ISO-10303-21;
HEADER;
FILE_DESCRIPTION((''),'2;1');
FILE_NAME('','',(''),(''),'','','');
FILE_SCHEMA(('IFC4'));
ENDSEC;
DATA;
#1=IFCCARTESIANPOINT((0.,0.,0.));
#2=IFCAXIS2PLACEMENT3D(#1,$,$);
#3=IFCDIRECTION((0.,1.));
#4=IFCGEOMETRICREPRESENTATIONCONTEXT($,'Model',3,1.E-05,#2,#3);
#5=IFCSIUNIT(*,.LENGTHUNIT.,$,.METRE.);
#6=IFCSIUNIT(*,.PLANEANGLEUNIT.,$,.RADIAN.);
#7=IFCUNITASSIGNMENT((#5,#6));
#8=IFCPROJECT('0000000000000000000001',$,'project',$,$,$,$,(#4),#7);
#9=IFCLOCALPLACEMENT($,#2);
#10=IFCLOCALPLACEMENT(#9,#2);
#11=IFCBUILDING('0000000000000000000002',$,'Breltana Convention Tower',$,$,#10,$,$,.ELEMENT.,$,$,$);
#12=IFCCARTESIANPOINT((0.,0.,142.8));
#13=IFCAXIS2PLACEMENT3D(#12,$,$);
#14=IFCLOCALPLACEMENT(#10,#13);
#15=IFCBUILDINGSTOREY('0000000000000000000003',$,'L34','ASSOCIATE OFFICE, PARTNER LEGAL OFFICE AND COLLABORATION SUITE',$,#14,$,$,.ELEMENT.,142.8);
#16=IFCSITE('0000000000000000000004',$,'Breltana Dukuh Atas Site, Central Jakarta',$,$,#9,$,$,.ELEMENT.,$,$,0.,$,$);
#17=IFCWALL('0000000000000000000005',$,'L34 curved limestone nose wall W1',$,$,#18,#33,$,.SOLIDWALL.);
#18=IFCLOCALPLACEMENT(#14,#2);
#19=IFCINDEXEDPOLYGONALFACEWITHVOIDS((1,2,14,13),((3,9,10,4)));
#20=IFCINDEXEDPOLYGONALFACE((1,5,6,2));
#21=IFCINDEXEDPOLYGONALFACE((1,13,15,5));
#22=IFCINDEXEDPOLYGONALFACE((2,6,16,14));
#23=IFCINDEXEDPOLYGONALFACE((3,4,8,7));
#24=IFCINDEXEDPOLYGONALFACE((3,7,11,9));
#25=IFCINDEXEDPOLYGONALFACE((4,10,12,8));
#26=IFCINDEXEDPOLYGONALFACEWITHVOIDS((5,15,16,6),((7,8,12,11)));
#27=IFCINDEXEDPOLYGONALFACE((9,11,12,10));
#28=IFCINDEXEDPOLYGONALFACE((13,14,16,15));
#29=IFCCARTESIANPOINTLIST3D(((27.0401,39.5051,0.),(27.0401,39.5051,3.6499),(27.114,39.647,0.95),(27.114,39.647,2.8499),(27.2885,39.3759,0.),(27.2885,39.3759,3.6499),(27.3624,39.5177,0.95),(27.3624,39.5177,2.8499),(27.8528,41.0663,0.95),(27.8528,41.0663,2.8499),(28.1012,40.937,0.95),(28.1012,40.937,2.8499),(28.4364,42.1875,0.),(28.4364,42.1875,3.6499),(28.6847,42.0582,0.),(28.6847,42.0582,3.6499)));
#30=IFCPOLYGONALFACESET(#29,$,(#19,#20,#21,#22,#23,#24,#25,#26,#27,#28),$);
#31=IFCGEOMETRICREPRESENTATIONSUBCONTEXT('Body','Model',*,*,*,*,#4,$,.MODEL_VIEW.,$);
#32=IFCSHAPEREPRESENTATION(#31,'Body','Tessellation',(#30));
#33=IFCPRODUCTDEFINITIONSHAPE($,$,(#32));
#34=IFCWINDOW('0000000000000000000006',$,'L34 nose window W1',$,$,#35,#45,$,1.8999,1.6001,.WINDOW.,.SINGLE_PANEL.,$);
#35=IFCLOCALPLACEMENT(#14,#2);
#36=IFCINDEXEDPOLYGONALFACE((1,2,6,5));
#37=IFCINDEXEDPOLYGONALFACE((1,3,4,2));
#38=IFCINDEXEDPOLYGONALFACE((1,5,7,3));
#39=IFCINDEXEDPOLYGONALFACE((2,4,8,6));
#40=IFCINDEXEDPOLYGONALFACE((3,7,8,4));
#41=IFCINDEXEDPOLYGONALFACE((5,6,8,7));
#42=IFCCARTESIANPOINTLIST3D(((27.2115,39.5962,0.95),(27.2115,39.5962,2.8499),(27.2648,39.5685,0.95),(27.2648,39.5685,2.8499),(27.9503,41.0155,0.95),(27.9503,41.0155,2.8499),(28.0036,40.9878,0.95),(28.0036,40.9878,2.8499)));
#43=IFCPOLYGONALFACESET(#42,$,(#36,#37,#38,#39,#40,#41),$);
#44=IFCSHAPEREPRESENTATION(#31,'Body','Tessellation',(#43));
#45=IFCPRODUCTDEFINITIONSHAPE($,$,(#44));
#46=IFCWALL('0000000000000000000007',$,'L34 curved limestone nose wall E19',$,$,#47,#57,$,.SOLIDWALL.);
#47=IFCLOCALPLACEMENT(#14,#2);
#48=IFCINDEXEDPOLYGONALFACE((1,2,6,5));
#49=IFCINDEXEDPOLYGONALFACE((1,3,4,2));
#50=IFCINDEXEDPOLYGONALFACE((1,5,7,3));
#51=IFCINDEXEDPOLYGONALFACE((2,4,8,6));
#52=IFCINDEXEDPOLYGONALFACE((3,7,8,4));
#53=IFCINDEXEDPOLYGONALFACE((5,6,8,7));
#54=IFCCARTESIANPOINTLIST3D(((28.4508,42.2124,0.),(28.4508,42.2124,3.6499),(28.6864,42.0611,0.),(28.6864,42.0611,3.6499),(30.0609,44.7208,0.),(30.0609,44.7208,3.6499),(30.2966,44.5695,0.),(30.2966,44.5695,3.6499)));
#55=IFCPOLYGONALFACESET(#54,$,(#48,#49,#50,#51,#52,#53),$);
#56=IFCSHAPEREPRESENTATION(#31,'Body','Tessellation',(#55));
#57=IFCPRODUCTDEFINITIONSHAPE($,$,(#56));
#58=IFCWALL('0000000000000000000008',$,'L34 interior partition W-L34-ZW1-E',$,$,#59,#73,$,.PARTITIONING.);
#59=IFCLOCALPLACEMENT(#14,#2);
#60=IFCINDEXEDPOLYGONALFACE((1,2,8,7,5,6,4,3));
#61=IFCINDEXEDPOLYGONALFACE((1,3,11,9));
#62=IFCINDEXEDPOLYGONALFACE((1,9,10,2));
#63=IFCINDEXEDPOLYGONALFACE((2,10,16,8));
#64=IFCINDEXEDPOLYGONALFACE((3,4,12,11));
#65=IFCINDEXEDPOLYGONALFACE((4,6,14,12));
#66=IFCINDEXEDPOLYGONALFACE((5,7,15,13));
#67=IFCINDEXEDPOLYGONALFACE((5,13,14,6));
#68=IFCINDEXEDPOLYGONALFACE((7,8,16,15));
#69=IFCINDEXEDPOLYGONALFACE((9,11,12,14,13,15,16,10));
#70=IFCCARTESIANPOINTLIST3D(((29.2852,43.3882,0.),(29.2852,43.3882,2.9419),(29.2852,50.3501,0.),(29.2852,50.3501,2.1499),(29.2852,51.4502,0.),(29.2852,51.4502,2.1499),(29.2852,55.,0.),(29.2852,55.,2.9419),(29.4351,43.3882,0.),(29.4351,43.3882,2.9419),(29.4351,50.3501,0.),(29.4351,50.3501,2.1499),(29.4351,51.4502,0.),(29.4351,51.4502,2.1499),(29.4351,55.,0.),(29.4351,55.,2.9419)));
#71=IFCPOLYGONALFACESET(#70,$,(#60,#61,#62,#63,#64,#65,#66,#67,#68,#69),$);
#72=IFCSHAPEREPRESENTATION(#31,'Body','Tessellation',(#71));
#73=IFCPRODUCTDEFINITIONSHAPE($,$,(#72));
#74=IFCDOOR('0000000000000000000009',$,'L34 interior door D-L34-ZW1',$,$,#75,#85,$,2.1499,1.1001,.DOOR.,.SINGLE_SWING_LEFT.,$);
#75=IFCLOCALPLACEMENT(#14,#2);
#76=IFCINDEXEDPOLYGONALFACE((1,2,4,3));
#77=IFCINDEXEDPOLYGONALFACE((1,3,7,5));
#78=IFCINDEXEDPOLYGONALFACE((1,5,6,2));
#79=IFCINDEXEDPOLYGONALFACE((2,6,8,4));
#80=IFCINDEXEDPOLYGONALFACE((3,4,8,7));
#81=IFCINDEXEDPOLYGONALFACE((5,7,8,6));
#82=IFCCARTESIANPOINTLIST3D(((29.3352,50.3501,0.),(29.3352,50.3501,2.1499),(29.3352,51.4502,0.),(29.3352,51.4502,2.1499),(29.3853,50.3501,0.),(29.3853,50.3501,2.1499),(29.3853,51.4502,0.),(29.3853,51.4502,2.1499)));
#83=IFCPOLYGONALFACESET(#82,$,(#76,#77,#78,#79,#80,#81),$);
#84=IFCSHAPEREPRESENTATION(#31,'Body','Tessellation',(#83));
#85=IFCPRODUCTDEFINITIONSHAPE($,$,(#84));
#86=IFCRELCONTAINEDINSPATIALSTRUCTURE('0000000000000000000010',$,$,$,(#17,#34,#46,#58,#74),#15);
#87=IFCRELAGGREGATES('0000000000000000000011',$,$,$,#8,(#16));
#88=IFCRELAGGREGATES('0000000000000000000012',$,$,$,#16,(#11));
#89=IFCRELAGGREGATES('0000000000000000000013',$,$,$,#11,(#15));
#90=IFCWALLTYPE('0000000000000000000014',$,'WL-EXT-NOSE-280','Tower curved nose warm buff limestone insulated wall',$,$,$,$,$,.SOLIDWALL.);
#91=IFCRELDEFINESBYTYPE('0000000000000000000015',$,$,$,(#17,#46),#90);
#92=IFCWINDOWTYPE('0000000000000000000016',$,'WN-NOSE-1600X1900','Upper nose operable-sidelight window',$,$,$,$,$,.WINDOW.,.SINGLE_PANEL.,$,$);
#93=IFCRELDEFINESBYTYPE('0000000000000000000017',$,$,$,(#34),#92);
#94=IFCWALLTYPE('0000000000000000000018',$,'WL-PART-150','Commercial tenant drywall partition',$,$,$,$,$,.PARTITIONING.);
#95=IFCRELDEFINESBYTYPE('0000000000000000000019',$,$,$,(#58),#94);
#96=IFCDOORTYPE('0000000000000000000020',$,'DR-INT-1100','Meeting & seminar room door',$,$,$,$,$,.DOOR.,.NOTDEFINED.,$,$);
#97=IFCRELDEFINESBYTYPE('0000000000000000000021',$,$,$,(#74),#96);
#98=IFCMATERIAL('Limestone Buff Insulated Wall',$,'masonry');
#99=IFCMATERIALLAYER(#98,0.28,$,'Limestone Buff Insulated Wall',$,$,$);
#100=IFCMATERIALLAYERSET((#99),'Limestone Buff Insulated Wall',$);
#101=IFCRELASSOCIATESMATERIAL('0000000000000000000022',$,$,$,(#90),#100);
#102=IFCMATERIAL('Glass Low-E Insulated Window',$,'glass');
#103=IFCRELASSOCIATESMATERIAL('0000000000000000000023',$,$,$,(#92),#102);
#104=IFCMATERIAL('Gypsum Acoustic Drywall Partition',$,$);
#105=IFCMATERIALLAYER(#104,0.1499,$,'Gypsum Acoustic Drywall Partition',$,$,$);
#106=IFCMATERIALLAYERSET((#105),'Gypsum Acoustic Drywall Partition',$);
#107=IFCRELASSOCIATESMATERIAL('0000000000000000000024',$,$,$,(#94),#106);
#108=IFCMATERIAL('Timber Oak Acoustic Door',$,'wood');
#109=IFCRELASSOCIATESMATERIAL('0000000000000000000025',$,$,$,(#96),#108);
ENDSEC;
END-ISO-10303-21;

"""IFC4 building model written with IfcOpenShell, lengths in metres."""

from ifc_helpers import new_model, si_unit, direction, frame, frame_2d, origin, place, context, subcontext, project, spatial, rectangle, extrude, source, transform, mapped, material, layer, layer_set, type_object, type_shapes, element, fill, save


model = new_model("IFC4")

# Units and contexts
model_context = context("Model", 3, precision=1e-05, world=origin(), true_north=direction((0.0, 1.0)))
body_context = subcontext(model_context, "Body", "Model", "MODEL_VIEW")
ifc_project = project(units=[si_unit("LENGTHUNIT", "METRE"), si_unit("PLANEANGLEUNIT", "RADIAN")], contexts=[model_context])

# Site, building, storey
site_placement = place(None, origin())
site = spatial("IfcSite", under=ifc_project, at=site_placement, Name="Breltana Dukuh Atas Site, Central Jakarta", CompositionType="ELEMENT", RefElevation=0.0)
building_placement = place(site_placement, origin())
building = spatial("IfcBuilding", under=site, at=building_placement, Name="Breltana Convention Tower", CompositionType="ELEMENT")
storey_placement = place(building_placement, frame((0.0, 0.0, 142.8)))
storey = spatial("IfcBuildingStorey", under=building, at=storey_placement, Name="L34", Description="ASSOCIATE OFFICE, PARTNER LEGAL OFFICE AND COLLABORATION SUITE", CompositionType="ELEMENT", Elevation=142.8)

# Wall, opening, window
ifc_material_1 = material(Name="Limestone Buff Insulated Wall", Category="masonry")
ifc_layer_1 = layer(ifc_material_1, 0.28, Name="Limestone Buff Insulated Wall")
ifc_layer_set_1 = layer_set([ifc_layer_1], Name="Limestone Buff Insulated Wall")
wall_type_1 = type_object("IfcWallType", Name="WL-EXT-NOSE-280", Description="Tower curved nose warm buff limestone insulated wall", PredefinedType="SOLIDWALL", material=ifc_layer_set_1)
ifc_material_2 = material(Name="Glass Low-E Insulated Window", Category="glass")
shared_shape_1 = source(origin(), body_context, "Body", "SweptSolid", [
    extrude(rectangle(XDim=3.0239, YDim=0.28, at=frame_2d((1.512, 0.0))), origin(), (0.0, 0.0, 1.0), 3.6499),
])
wall_1_placement = place(storey_placement, frame((28.5605, 42.1228, 0.0), z_axis=(0.0, 0.0, 1.0), x_axis=(-0.461719, -0.887026, 0.0)))
wall_1 = element("IfcWall", 1, at=wall_1_placement, inside=storey, type_object=wall_type_1, Name="L34 curved limestone nose wall W1", PredefinedType="SOLIDWALL", context=body_context, shape_type="MappedRepresentation", body=[
    mapped(shared_shape_1, transform((0.0, 0.0, 0.0), scale=1.0)),
])
opening_1_placement = place(wall_1_placement, frame((1.2639, 0.0, 0.95)))
opening_1 = element("IfcOpeningElement", 2, at=opening_1_placement, cuts=wall_1, PredefinedType="OPENING", context=body_context, shape_type="SweptSolid", body=[
    extrude(rectangle(XDim=1.6001, YDim=1.8999, at=frame_2d((0.8, 0.95))), frame((0.0, 0.1499, 0.0), z_axis=(0.0, -1.0, 0.0), x_axis=(1.0, 0.0, 0.0)), (0.0, 0.0, 1.0), 0.3),
])
window_type_1 = type_object("IfcWindowType", Name="WN-NOSE-1600X1900", Description="Upper nose operable-sidelight window", PartitioningType="SINGLE_PANEL", PredefinedType="WINDOW", material=ifc_material_2)
shared_shape_2 = source(origin(), body_context, "Body", "SweptSolid", [
    extrude(rectangle(XDim=1.6001, YDim=1.8999, at=frame_2d((0.8, 0.95))), frame((0.0, 0.03, 0.0), z_axis=(0.0, -1.0, 0.0), x_axis=(1.0, 0.0, 0.0)), (0.0, 0.0, 1.0), 0.0601),
])
type_shapes(window_type_1, [shared_shape_2])
window_1_placement = place(opening_1_placement, origin())
window_1 = element("IfcWindow", 3, at=window_1_placement, inside=storey, type_object=window_type_1, Name="L34 nose window W1", OverallHeight=1.8999, OverallWidth=1.6001, PartitioningType="SINGLE_PANEL", PredefinedType="WINDOW", context=body_context, shape_type="MappedRepresentation", body=[
    mapped(shared_shape_2, transform((0.0, 0.0, 0.0), scale=1.0)),
])
fill(opening_1, window_1)

# Wall
shared_shape_3 = source(origin(), body_context, "Body", "SweptSolid", [
    extrude(rectangle(XDim=2.9807, YDim=0.28, at=frame_2d((1.4902, 0.0))), origin(), (0.0, 0.0, 1.0), 3.6499),
])
wall_2_placement = place(storey_placement, frame((30.1787, 44.645, 0.0), z_axis=(0.0, 0.0, 1.0), x_axis=(-0.540194, -0.84154, 0.0)))
element("IfcWall", 4, at=wall_2_placement, inside=storey, type_object=wall_type_1, Name="L34 curved limestone nose wall E19", PredefinedType="SOLIDWALL", context=body_context, shape_type="MappedRepresentation", body=[
    mapped(shared_shape_3, transform((0.0, 0.0, 0.0), scale=1.0)),
])

# Wall, opening, door
ifc_material_3 = material(Name="Gypsum Acoustic Drywall Partition")
ifc_layer_2 = layer(ifc_material_3, 0.1499, Name="Gypsum Acoustic Drywall Partition")
ifc_layer_set_2 = layer_set([ifc_layer_2], Name="Gypsum Acoustic Drywall Partition")
wall_type_2 = type_object("IfcWallType", Name="WL-PART-150", Description="Commercial tenant drywall partition", PredefinedType="PARTITIONING", material=ifc_layer_set_2)
shared_shape_4 = source(origin(), body_context, "Body", "SweptSolid", [
    extrude(rectangle(XDim=11.6118, YDim=0.1499, at=frame_2d((5.8059, 0.0))), origin(), (0.0, 0.0, 1.0), 2.9419),
])
wall_3_placement = place(storey_placement, frame((29.3601, 43.3882, 0.0), z_axis=(0.0, 0.0, 1.0), x_axis=(0.0, 1.0, 0.0)))
wall_3 = element("IfcWall", 5, at=wall_3_placement, inside=storey, type_object=wall_type_2, Name="L34 interior partition W-L34-ZW1-E", PredefinedType="PARTITIONING", context=body_context, shape_type="MappedRepresentation", body=[
    mapped(shared_shape_4, transform((0.0, 0.0, 0.0), scale=1.0)),
])
opening_2_placement = place(wall_3_placement, frame((6.9619, 0.0, 0.0)))
opening_2 = element("IfcOpeningElement", 6, at=opening_2_placement, cuts=wall_3, PredefinedType="OPENING", context=body_context, shape_type="SweptSolid", body=[
    extrude(rectangle(XDim=1.1001, YDim=2.1499, at=frame_2d((0.55, 1.075))), frame((0.0, 0.085, 0.0), z_axis=(0.0, -1.0, 0.0), x_axis=(1.0, 0.0, 0.0)), (0.0, 0.0, 1.0), 0.1699),
])
ifc_material_4 = material(Name="Timber Oak Acoustic Door", Category="wood")
door_type = type_object("IfcDoorType", Name="DR-INT-1100", Description="Meeting & seminar room door", OperationType="NOTDEFINED", PredefinedType="DOOR", material=ifc_material_4)
shared_shape_5 = source(origin(), body_context, "Body", "SweptSolid", [
    extrude(rectangle(XDim=1.1001, YDim=2.1499, at=frame_2d((0.55, 1.075))), frame((0.0, 0.0249, 0.0), z_axis=(0.0, -1.0, 0.0), x_axis=(1.0, 0.0, 0.0)), (0.0, 0.0, 1.0), 0.05),
])
type_shapes(door_type, [shared_shape_5])
door_placement = place(opening_2_placement, origin())
door = element("IfcDoor", 7, at=door_placement, inside=storey, type_object=door_type, Name="L34 interior door D-L34-ZW1", OperationType="SINGLE_SWING_LEFT", OverallHeight=2.1499, OverallWidth=1.1001, PredefinedType="DOOR", context=body_context, shape_type="MappedRepresentation", body=[
    mapped(shared_shape_5, transform((0.0, 0.0, 0.0), scale=1.0)),
])
fill(opening_2, door)

save(model, "model.ifc")
